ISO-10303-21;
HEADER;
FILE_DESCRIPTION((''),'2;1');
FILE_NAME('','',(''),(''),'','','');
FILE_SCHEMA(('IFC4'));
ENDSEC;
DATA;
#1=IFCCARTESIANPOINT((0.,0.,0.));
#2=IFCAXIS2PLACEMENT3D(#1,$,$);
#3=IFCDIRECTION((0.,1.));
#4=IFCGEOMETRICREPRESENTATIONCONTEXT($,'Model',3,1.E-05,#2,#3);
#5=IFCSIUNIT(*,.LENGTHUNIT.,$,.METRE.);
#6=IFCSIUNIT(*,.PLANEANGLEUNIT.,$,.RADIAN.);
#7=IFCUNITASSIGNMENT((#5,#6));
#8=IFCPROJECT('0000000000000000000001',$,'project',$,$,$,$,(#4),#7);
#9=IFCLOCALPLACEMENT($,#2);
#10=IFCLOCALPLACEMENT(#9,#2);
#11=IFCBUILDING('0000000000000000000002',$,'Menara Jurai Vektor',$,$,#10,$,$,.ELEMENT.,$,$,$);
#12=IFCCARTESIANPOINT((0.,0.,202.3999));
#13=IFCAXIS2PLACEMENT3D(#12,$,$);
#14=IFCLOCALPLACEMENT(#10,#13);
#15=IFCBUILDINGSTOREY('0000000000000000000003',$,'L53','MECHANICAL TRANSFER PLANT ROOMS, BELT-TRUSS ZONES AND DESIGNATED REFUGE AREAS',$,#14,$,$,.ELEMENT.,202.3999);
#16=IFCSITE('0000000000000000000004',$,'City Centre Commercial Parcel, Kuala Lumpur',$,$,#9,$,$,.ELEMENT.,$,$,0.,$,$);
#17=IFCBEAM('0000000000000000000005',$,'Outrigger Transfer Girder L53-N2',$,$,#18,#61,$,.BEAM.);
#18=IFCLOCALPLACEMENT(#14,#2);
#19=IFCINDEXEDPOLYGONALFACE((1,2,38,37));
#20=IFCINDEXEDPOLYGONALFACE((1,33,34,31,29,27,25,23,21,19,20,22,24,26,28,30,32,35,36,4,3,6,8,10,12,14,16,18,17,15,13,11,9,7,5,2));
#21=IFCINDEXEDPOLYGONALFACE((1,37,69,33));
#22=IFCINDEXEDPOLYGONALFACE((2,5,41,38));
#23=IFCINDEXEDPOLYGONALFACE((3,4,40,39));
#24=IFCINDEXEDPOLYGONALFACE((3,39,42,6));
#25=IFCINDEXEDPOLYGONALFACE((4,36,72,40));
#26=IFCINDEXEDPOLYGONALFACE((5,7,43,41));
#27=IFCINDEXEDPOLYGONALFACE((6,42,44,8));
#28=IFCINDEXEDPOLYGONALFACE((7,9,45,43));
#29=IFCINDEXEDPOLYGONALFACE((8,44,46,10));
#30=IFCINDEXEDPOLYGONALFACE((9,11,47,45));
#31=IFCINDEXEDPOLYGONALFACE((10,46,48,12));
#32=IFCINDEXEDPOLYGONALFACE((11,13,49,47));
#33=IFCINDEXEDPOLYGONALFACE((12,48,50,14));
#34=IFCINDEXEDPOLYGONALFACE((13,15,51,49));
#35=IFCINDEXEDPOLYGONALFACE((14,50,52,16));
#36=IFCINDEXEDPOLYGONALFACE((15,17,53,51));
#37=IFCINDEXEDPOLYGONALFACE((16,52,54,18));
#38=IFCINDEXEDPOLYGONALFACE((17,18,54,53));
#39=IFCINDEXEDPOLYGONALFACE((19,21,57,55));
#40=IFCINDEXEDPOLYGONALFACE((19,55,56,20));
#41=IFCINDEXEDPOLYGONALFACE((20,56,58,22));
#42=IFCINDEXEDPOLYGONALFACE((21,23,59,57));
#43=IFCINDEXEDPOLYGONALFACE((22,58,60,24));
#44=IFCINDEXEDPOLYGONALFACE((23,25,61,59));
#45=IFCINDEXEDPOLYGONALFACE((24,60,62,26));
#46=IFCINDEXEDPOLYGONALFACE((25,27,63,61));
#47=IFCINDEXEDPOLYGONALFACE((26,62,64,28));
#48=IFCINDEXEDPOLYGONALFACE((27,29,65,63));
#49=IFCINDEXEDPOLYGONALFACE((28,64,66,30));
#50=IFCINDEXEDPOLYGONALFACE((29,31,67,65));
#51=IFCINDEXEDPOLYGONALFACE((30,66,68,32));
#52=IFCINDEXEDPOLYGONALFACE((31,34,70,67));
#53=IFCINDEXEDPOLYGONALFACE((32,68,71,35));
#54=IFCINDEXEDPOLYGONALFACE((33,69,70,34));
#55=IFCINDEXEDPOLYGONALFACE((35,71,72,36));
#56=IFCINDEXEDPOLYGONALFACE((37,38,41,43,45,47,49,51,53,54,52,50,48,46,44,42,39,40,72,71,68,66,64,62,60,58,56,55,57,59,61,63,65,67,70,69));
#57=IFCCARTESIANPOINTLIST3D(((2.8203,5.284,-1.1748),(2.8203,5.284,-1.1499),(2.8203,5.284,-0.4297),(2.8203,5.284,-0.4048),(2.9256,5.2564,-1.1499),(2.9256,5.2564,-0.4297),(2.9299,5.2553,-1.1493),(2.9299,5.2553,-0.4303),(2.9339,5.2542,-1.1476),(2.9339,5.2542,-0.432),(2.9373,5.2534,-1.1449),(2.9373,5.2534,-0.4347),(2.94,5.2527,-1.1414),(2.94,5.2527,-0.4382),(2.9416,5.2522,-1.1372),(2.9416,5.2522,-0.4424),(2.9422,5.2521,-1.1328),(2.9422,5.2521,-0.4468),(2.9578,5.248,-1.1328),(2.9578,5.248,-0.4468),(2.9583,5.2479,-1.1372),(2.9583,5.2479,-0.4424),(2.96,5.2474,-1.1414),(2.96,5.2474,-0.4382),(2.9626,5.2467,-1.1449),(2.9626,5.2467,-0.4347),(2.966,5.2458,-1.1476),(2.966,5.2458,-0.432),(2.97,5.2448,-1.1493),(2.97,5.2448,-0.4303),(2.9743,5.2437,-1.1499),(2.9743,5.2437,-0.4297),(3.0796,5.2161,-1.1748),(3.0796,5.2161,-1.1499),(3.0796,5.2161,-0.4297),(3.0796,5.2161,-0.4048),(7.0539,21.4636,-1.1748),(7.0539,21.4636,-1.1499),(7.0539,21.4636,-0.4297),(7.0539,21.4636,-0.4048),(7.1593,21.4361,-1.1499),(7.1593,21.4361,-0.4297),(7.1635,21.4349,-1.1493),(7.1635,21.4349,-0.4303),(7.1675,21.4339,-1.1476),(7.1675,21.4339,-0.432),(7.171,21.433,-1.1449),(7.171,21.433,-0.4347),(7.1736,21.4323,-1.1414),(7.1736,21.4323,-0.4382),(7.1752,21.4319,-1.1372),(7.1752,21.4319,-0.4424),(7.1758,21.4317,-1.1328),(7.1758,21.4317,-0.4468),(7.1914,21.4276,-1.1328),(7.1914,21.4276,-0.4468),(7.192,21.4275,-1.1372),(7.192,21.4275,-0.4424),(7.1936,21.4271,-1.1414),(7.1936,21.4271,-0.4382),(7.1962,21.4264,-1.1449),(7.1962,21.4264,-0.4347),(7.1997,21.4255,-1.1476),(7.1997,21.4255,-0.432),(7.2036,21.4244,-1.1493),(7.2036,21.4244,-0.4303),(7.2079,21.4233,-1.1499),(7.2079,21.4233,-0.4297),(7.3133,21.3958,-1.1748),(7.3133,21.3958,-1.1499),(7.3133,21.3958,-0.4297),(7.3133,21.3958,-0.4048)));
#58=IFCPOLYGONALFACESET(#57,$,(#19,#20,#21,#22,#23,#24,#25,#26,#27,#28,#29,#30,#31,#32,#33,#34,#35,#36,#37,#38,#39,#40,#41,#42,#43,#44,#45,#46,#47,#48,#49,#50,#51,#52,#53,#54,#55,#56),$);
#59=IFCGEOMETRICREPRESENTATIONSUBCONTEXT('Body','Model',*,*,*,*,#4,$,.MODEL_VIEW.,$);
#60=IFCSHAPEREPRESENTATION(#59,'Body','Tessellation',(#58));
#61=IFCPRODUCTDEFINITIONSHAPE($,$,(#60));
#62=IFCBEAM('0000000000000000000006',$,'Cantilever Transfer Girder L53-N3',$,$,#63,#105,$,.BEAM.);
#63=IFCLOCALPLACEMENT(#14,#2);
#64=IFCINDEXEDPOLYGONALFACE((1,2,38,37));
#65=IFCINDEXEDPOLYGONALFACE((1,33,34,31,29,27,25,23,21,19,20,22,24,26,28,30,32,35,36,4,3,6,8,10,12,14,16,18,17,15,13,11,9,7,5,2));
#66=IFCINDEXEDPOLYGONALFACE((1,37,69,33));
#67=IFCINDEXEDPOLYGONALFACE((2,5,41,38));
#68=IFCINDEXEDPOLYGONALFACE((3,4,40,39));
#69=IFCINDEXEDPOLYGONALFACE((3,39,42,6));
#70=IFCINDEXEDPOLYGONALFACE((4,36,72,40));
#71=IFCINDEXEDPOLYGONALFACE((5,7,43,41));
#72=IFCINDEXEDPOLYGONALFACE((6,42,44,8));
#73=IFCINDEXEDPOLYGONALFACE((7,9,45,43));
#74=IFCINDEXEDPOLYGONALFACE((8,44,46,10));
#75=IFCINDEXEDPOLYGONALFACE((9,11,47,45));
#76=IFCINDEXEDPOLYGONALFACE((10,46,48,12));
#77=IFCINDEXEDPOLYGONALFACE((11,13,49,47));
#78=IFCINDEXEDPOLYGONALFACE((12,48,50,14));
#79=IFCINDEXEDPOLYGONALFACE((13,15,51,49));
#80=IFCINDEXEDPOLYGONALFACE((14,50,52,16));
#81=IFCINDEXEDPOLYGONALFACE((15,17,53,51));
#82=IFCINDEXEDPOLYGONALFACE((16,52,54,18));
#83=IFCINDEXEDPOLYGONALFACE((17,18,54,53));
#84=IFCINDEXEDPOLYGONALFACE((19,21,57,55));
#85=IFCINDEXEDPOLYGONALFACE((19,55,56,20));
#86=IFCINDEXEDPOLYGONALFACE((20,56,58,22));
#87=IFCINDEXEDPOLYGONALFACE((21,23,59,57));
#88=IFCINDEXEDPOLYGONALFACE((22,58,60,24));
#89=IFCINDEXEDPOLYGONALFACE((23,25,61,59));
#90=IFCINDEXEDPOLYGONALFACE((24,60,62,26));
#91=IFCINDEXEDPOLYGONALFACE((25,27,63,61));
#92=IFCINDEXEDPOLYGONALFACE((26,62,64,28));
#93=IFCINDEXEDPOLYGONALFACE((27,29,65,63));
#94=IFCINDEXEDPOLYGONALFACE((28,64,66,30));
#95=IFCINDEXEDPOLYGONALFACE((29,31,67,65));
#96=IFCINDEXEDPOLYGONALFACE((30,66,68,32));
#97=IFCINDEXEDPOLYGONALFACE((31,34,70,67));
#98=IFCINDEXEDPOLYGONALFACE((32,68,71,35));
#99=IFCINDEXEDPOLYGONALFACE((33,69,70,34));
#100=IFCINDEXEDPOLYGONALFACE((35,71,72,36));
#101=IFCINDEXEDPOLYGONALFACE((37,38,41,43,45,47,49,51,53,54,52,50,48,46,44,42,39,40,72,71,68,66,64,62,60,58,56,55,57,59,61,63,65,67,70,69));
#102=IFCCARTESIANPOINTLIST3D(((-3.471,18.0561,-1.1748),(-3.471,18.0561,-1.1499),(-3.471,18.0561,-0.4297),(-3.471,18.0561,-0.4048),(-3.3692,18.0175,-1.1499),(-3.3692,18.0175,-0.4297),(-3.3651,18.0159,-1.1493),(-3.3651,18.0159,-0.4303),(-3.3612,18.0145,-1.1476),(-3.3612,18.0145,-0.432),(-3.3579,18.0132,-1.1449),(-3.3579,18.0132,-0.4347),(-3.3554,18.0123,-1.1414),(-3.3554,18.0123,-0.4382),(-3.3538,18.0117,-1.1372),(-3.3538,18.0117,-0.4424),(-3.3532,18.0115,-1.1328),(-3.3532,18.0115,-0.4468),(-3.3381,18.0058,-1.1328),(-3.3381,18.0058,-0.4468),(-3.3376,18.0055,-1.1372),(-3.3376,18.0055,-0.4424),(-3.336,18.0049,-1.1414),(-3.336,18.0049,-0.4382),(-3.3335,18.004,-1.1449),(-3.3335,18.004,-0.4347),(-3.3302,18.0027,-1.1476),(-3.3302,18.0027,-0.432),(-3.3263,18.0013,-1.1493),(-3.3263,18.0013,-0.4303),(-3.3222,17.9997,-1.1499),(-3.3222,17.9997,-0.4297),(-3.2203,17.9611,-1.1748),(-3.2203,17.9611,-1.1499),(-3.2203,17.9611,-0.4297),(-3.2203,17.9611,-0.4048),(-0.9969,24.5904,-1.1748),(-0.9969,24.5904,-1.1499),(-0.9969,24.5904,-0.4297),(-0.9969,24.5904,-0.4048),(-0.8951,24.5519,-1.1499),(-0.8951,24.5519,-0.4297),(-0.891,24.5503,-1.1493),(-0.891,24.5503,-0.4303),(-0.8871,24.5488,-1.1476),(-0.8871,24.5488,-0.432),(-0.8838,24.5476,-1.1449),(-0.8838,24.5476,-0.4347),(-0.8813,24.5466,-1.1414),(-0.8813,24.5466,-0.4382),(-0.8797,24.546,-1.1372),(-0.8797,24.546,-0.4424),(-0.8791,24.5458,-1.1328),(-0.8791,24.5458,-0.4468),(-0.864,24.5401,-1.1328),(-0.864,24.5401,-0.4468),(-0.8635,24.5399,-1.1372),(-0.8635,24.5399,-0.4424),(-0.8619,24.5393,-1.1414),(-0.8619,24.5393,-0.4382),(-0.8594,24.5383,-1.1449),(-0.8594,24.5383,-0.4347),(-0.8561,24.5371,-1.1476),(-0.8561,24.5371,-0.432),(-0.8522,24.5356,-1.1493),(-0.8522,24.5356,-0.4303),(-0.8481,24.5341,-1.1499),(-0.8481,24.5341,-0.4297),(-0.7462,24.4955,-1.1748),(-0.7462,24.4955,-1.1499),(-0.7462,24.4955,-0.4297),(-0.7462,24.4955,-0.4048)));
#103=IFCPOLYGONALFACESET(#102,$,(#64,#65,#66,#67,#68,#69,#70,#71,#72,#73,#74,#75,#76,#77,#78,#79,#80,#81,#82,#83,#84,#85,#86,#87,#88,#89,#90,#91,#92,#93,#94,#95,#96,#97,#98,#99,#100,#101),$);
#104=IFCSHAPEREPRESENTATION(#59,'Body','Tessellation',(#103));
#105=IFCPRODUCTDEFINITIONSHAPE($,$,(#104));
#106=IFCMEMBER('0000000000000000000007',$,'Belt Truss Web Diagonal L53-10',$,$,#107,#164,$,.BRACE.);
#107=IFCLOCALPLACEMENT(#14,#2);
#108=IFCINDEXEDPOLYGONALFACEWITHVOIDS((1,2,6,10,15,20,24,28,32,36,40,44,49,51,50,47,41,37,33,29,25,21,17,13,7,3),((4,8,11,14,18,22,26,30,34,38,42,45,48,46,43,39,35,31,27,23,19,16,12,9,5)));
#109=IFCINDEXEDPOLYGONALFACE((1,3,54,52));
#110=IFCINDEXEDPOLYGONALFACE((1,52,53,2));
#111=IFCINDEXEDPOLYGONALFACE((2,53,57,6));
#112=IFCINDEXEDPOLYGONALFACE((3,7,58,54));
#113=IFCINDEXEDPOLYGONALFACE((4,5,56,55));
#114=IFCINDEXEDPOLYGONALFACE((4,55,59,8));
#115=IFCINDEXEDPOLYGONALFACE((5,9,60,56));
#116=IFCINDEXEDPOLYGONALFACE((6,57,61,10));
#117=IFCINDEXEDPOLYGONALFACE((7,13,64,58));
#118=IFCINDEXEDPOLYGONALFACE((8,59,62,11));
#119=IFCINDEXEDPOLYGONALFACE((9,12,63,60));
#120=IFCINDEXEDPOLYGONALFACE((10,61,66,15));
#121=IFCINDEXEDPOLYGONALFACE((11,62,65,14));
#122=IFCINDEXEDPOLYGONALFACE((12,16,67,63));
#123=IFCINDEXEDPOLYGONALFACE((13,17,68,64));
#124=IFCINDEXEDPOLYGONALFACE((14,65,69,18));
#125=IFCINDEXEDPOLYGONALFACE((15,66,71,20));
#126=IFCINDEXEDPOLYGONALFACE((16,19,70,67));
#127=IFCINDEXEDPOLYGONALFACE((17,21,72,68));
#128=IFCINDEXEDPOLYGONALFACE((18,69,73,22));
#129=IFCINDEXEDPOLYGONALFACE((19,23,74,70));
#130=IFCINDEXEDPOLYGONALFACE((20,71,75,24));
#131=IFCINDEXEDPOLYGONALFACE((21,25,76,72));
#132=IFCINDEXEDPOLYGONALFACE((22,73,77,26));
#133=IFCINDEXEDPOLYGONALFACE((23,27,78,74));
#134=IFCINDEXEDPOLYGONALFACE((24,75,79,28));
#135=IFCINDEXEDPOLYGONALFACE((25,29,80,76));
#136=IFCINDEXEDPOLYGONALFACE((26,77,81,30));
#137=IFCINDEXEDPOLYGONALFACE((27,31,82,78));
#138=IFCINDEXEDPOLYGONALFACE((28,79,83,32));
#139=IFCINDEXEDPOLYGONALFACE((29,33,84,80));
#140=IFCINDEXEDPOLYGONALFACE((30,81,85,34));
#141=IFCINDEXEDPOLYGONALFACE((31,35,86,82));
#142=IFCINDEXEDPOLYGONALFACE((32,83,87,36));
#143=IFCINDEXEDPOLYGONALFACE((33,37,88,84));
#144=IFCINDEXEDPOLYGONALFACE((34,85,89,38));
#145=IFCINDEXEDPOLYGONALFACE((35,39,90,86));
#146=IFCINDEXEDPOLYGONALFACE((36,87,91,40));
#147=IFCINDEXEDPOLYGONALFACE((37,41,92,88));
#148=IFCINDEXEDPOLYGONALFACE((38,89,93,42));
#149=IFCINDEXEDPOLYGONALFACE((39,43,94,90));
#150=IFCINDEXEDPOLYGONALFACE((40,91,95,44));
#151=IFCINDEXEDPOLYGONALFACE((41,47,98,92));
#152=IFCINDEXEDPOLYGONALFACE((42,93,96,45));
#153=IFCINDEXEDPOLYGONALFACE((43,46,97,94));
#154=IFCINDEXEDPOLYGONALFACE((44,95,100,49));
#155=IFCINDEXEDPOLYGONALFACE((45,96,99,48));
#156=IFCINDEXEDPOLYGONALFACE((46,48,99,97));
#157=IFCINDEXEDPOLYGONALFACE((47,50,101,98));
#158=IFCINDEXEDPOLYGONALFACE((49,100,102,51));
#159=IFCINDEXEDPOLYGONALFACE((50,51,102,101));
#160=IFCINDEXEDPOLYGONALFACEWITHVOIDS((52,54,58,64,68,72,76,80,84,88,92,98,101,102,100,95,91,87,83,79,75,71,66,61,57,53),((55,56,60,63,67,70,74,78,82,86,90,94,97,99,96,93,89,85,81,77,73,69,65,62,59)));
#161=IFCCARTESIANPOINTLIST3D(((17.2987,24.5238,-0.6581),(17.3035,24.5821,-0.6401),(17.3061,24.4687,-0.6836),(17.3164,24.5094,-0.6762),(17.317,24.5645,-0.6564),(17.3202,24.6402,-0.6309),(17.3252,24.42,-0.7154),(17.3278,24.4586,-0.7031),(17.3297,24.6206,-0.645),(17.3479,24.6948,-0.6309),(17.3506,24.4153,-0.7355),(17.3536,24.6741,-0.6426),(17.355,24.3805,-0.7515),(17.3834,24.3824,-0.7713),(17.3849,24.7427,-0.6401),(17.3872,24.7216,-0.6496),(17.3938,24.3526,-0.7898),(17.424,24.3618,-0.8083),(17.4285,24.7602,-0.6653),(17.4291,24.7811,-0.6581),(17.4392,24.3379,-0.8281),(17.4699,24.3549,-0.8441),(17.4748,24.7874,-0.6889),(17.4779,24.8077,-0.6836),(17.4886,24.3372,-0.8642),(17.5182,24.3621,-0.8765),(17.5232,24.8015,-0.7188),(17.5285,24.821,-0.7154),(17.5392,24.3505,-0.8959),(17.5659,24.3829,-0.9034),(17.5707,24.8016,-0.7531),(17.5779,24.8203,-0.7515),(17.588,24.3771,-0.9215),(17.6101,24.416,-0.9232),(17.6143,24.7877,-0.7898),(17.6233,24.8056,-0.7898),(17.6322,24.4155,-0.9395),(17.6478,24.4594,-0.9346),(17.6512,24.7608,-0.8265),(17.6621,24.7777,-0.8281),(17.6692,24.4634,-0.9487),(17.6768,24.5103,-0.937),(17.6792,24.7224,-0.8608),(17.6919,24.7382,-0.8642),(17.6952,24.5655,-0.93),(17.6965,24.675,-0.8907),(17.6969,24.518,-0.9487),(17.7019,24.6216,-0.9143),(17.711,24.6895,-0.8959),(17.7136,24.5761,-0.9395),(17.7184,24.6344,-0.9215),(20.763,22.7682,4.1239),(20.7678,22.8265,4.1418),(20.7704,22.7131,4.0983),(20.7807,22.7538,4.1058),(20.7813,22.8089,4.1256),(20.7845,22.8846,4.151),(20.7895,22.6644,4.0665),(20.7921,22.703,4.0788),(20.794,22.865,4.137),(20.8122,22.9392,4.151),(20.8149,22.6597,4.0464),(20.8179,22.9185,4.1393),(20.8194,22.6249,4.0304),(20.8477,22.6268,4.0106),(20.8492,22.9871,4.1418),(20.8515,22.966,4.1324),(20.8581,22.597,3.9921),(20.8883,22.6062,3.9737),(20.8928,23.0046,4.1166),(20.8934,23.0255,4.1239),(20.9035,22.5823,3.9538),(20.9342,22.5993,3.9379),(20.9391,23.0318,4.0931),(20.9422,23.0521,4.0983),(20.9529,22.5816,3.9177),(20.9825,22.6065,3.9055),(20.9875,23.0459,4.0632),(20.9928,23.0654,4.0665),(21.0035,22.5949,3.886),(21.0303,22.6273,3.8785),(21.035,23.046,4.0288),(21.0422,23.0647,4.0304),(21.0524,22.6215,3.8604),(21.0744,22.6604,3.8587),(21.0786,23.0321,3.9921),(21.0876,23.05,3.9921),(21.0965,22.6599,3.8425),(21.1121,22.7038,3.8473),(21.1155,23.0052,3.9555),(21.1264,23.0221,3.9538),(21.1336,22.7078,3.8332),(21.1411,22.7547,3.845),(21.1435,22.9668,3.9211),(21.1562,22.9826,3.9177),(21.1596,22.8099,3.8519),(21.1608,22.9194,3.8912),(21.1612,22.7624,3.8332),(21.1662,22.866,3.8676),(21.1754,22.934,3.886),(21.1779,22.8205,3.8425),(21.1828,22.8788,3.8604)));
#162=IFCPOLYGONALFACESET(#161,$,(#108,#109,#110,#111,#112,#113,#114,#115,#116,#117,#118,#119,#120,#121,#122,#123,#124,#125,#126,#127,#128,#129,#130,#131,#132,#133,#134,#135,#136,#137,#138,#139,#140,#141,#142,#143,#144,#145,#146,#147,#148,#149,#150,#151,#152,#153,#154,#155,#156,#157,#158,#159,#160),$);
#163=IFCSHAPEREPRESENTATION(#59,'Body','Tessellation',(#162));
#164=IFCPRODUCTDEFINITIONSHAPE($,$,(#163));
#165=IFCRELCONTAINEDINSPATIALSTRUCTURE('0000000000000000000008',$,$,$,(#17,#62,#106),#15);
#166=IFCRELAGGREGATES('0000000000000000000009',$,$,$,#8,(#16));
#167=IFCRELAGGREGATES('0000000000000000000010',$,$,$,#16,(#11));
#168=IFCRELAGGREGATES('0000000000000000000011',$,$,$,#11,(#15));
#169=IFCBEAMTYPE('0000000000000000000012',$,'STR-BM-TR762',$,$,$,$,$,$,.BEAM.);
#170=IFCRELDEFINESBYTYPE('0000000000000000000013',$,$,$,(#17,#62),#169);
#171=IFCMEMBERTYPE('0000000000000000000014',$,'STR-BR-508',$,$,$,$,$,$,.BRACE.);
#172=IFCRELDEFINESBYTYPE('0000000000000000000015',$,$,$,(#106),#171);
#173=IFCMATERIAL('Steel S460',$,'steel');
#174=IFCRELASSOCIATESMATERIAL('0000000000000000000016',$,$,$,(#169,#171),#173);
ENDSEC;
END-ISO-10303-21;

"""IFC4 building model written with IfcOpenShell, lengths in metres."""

from ifc_helpers import new_model, si_unit, direction, frame, origin, origin_2d, place, context, subcontext, project, spatial, hollow_circle, i_section, extrude, material, material_profile, profile_set, type_object, element, save


model = new_model("IFC4")

# Units and contexts
model_context = context("Model", 3, precision=1e-05, world=origin(), true_north=direction((0.0, 1.0)))
body_context = subcontext(model_context, "Body", "Model", "MODEL_VIEW")
ifc_project = project(units=[si_unit("LENGTHUNIT", "METRE"), si_unit("PLANEANGLEUNIT", "RADIAN")], contexts=[model_context])

# Site, building, storey
site_placement = place(None, origin())
site = spatial("IfcSite", under=ifc_project, at=site_placement, Name="City Centre Commercial Parcel, Kuala Lumpur", CompositionType="ELEMENT", RefElevation=0.0)
building_placement = place(site_placement, origin())
building = spatial("IfcBuilding", under=site, at=building_placement, Name="Menara Jurai Vektor", CompositionType="ELEMENT")
storey_placement = place(building_placement, frame((0.0, 0.0, 202.3999)))
storey = spatial("IfcBuildingStorey", under=building, at=storey_placement, Name="L53", Description="MECHANICAL TRANSFER PLANT ROOMS, BELT-TRUSS ZONES AND DESIGNATED REFUGE AREAS", CompositionType="ELEMENT", Elevation=202.3999)

# Shared definitions
ifc_material_1 = material(Name="Steel S460", Category="steel")

# Beams
ifc_material_profile_1 = material_profile(ifc_material_1, i_section(OverallWidth=0.2681, OverallDepth=0.77, WebThickness=0.0161, FlangeThickness=0.0249, FilletRadius=0.0171, at=origin_2d()), Name="UKB 762x267x197")
ifc_profile_set_1 = profile_set([ifc_material_profile_1], Name="Steel S460")
beam_type_1 = type_object("IfcBeamType", Name="STR-BM-TR762", PredefinedType="BEAM", material=ifc_profile_set_1)
beam_1_placement = place(storey_placement, frame((7.1836, 21.4297, -0.7898), z_axis=(-0.253141, -0.967429, 0.0), x_axis=(0.967429, -0.253141, 0.0)))
element("IfcBeam", 1, at=beam_1_placement, inside=storey, type_object=beam_type_1, Name="Outrigger Transfer Girder L53-N2", PredefinedType="BEAM", context=body_context, shape_type="SweptSolid", body=[
    extrude(i_section(OverallWidth=0.2681, OverallDepth=0.77, WebThickness=0.0161, FlangeThickness=0.0249, FilletRadius=0.0171, at=origin_2d()), origin(), (0.0, 0.0, 1.0), 16.7244),
])
beam_2_placement = place(storey_placement, frame((-0.8716, 24.543, -0.7898), z_axis=(-0.354097, -0.935209, 0.0), x_axis=(0.935209, -0.354097, 0.0)))
element("IfcBeam", 2, at=beam_2_placement, inside=storey, type_object=beam_type_1, Name="Cantilever Transfer Girder L53-N3", PredefinedType="BEAM", context=body_context, shape_type="SweptSolid", body=[
    extrude(i_section(OverallWidth=0.2681, OverallDepth=0.77, WebThickness=0.0161, FlangeThickness=0.0249, FilletRadius=0.0171, at=origin_2d()), origin(), (0.0, 0.0, 1.0), 6.9871),
])

# Member
ifc_material_profile_2 = material_profile(ifc_material_1, hollow_circle(Radius=0.2539, WallThickness=0.02, at=origin_2d()), Name="CHS 508x20")
ifc_profile_set_2 = profile_set([ifc_material_profile_2], Name="Steel S460")
member_type_1 = type_object("IfcMemberType", Name="STR-BR-508", PredefinedType="BRACE", material=ifc_profile_set_2)
member_1_placement = place(storey_placement, frame((17.5085, 24.5791, -0.7898), z_axis=(0.562353, -0.284981, 0.776238), x_axis=(0.452035, 0.892, 0.0)))
element("IfcMember", 3, at=member_1_placement, inside=storey, type_object=member_type_1, Name="Belt Truss Web Diagonal L53-10", PredefinedType="BRACE", context=body_context, shape_type="SweptSolid", body=[
    extrude(hollow_circle(Radius=0.2539, WallThickness=0.02, at=origin_2d()), origin(), (0.0, 0.0, 1.0), 6.1604),
])

save(model, "model.ifc")
